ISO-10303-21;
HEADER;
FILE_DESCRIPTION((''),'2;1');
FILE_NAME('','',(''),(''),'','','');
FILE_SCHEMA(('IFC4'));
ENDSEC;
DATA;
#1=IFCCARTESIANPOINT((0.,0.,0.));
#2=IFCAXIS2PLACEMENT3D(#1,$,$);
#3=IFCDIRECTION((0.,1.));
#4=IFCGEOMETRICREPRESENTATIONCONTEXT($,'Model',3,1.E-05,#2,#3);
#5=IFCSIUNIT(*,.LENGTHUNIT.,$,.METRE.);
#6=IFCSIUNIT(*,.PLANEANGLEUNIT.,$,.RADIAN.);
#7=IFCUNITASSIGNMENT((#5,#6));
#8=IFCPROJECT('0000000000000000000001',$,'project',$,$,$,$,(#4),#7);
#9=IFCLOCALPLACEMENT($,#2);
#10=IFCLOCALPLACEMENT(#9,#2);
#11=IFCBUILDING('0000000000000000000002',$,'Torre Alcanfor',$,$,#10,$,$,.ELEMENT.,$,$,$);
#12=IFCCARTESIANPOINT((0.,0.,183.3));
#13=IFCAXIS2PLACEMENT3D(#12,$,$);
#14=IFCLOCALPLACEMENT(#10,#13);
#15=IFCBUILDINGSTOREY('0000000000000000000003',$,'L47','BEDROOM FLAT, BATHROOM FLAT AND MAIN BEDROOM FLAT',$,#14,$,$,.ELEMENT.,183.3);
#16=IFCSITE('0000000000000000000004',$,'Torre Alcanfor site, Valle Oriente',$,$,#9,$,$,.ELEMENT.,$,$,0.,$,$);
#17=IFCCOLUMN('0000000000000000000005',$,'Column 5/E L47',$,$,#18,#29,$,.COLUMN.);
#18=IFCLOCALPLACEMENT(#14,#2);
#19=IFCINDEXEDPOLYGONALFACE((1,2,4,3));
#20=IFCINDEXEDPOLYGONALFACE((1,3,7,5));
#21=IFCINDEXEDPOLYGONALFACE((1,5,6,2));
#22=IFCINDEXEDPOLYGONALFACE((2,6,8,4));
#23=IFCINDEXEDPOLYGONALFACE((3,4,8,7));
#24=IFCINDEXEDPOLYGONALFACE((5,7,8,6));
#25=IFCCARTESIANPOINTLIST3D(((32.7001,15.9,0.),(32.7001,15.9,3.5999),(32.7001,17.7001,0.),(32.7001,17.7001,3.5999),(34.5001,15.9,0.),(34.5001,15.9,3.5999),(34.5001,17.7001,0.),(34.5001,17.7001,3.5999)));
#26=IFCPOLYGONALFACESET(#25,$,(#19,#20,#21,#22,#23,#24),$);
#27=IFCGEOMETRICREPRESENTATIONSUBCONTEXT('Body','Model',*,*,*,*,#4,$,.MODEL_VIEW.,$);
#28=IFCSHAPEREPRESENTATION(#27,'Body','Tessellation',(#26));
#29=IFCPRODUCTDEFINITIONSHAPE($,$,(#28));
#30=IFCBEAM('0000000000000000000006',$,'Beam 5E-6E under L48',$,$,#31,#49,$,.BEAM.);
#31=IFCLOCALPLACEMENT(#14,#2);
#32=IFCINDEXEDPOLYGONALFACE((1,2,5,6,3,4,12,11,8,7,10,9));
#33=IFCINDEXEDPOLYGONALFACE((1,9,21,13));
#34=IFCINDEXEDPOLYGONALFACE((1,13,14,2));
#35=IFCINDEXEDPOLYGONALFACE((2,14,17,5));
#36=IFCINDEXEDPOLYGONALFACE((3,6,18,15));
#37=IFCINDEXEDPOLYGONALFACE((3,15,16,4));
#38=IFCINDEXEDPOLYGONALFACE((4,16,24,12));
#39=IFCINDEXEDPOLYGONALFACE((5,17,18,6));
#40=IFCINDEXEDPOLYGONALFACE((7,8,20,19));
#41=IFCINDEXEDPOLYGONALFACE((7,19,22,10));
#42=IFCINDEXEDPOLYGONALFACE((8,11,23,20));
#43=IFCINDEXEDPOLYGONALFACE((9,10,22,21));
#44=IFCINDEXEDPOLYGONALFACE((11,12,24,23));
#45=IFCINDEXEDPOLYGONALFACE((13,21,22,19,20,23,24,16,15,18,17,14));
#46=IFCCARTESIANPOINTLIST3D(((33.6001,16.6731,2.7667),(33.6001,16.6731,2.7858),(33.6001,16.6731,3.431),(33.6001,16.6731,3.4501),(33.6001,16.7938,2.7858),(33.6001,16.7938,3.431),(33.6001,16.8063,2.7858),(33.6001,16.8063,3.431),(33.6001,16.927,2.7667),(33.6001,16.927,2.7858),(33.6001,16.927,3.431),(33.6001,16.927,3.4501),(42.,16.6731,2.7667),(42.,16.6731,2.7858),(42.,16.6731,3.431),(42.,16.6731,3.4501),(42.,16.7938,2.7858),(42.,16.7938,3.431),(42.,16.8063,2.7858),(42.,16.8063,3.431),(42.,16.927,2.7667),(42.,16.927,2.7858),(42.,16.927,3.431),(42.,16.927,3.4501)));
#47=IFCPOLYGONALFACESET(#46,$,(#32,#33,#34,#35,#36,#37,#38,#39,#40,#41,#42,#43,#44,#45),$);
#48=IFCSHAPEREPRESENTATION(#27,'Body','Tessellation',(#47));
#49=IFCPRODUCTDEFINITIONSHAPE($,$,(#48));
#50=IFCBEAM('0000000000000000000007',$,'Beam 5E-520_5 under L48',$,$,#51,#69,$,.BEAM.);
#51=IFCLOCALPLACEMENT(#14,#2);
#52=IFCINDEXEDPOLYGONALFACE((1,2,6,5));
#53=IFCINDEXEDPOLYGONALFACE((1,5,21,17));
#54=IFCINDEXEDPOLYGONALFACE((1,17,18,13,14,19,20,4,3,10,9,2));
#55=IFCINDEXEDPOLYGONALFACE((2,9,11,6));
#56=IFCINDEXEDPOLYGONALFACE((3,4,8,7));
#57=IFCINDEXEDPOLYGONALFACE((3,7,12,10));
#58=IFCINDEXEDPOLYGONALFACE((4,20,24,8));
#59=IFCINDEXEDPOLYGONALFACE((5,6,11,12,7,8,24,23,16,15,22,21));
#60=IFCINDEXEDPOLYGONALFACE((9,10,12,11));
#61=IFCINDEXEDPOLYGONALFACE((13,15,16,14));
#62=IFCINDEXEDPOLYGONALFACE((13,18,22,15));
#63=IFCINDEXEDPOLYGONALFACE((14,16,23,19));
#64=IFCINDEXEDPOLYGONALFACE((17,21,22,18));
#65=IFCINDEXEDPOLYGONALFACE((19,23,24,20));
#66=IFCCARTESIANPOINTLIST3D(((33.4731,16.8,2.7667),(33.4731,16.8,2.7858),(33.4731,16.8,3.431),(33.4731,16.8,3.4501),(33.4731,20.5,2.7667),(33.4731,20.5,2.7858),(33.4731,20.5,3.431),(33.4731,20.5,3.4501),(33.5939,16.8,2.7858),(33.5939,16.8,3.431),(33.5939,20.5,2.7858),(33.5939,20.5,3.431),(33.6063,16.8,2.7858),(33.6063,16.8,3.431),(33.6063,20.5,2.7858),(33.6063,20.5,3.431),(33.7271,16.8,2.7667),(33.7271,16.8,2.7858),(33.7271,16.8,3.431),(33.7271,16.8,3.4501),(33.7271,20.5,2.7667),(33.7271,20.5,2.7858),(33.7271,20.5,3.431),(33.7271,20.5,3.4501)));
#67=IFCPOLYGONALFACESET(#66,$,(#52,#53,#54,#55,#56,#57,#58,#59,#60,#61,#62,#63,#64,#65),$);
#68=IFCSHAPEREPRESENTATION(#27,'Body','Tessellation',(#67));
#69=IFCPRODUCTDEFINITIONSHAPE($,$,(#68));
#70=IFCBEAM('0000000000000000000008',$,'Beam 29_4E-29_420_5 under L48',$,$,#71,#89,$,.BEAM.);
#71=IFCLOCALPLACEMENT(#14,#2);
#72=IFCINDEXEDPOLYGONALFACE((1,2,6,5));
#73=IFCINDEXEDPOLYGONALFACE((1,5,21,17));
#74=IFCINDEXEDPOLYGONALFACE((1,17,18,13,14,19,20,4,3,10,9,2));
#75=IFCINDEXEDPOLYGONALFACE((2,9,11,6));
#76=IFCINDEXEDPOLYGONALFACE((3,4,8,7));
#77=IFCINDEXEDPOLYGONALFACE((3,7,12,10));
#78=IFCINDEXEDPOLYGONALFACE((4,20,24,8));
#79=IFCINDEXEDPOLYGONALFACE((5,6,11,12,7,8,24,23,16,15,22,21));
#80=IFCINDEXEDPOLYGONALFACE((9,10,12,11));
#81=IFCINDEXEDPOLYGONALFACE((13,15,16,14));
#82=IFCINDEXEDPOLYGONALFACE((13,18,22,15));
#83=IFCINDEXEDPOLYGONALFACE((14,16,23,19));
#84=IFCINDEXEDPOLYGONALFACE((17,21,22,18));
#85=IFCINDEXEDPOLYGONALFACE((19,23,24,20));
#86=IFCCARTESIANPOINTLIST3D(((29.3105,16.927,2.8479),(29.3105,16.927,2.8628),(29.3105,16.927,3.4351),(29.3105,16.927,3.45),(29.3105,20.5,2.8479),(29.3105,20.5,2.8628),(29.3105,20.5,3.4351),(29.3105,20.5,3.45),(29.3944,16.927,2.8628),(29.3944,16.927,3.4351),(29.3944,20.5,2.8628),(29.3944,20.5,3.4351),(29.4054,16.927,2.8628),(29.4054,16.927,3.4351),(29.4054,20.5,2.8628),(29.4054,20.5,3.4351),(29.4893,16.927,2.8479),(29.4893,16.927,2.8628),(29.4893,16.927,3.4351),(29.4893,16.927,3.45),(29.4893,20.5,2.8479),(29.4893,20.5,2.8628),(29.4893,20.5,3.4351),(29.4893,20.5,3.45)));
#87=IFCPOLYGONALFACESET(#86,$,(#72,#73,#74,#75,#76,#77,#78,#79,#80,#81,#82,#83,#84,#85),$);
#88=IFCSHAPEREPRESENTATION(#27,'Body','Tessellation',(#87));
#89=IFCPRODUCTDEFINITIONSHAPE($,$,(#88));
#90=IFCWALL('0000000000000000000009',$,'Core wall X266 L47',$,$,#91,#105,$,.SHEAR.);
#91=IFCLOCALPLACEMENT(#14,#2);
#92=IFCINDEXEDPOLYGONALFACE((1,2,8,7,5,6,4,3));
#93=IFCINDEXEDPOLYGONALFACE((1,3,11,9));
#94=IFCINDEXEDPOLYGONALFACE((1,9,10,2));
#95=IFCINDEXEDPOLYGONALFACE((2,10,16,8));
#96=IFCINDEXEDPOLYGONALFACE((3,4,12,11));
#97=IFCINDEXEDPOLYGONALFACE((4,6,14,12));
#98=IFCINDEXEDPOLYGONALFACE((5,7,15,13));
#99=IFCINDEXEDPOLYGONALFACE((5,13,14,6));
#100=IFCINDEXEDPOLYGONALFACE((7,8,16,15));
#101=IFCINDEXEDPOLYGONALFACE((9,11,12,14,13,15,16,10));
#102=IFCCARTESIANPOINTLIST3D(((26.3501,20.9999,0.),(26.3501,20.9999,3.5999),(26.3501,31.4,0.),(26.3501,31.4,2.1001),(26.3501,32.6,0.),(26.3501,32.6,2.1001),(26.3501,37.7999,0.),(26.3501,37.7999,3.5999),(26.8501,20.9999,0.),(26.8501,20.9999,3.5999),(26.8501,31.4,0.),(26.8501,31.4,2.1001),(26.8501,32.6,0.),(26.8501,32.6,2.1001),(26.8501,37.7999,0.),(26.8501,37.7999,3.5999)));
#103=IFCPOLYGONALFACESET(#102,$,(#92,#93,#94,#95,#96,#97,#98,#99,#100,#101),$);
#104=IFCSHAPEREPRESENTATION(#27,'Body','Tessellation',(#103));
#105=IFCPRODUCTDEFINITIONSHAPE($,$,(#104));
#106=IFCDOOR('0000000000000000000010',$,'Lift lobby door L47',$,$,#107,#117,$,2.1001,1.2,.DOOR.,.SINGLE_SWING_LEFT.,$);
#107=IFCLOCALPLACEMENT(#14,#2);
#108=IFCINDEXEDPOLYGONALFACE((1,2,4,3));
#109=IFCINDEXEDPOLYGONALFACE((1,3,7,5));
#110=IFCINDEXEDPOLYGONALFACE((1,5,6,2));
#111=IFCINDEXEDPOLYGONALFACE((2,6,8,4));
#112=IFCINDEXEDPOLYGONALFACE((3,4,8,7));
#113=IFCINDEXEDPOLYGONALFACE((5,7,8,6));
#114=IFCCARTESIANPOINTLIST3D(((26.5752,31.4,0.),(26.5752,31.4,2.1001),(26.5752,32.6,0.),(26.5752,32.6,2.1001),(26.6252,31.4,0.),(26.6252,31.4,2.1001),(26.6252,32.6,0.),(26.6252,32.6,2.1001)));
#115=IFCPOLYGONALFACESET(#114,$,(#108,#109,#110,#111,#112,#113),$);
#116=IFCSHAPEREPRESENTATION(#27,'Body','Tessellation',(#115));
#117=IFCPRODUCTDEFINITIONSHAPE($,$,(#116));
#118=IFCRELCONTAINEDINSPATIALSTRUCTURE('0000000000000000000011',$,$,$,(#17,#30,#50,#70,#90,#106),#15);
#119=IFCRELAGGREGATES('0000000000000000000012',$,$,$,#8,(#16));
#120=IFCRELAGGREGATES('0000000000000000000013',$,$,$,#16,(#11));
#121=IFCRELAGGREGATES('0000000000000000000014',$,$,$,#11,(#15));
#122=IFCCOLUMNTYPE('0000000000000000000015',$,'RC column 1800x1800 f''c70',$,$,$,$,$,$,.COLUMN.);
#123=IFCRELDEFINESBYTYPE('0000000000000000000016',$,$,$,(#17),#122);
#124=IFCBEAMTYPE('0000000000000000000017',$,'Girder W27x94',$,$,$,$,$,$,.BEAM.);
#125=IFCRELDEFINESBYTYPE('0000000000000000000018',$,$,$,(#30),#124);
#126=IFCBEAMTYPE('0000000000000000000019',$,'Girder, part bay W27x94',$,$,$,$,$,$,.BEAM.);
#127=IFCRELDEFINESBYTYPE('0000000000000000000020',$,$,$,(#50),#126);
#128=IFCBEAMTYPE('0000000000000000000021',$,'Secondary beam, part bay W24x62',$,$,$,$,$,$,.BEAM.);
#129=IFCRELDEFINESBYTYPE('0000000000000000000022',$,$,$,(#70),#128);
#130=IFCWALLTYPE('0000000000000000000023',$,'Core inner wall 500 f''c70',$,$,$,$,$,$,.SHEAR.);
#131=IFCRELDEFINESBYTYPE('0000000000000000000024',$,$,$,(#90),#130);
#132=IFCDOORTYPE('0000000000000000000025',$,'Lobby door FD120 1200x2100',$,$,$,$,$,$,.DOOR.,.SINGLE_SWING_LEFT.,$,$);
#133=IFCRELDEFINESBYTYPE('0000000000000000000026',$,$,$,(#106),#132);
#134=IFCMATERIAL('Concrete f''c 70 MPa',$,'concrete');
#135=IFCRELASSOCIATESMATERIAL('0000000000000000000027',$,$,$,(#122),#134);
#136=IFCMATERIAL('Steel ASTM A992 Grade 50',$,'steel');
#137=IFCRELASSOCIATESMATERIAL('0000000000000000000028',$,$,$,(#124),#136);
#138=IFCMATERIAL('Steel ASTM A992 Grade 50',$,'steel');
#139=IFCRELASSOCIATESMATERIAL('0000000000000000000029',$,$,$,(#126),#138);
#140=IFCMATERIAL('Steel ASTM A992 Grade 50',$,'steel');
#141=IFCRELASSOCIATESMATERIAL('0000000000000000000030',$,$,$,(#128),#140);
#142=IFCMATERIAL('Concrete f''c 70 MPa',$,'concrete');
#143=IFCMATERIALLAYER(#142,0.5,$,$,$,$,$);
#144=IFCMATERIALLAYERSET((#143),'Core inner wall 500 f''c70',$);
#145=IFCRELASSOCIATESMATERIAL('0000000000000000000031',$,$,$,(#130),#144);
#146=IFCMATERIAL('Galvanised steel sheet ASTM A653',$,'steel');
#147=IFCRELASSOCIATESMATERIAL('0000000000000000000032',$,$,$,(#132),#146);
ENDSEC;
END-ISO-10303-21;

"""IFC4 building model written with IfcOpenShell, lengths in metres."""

from ifc_helpers import new_model, si_unit, direction, frame, frame_2d, origin, origin_2d, place, context, subcontext, project, spatial, rectangle, i_section, extrude, material, layer, layer_set, material_profile, profile_set, type_object, element, fill, save


model = new_model("IFC4")

# Units and contexts
model_context = context("Model", 3, precision=1e-05, world=origin(), true_north=direction((0.0, 1.0)))
body_context = subcontext(model_context, "Body", "Model", "MODEL_VIEW")
ifc_project = project(units=[si_unit("LENGTHUNIT", "METRE"), si_unit("PLANEANGLEUNIT", "RADIAN")], contexts=[model_context])

# Site, building, storey
site_placement = place(None, origin())
site = spatial("IfcSite", under=ifc_project, at=site_placement, Name="Torre Alcanfor site, Valle Oriente", CompositionType="ELEMENT", RefElevation=0.0)
building_placement = place(site_placement, origin())
building = spatial("IfcBuilding", under=site, at=building_placement, Name="Torre Alcanfor", CompositionType="ELEMENT")
storey_placement = place(building_placement, frame((0.0, 0.0, 183.3)))
storey = spatial("IfcBuildingStorey", under=building, at=storey_placement, Name="L47", Description="BEDROOM FLAT, BATHROOM FLAT AND MAIN BEDROOM FLAT", CompositionType="ELEMENT", Elevation=183.3)

# Column
ifc_material_1 = material(Name="Concrete f'c 70 MPa", Category="concrete")
ifc_material_profile_1 = material_profile(ifc_material_1, rectangle(XDim=1.8, YDim=1.8, at=origin_2d()), Name="1800x1800")
ifc_profile_set_1 = profile_set([ifc_material_profile_1], Name="Concrete f'c 70 MPa")
column_type = type_object("IfcColumnType", Name="RC column 1800x1800 f'c70", PredefinedType="COLUMN", material=ifc_profile_set_1)
column_placement = place(storey_placement, frame((33.6001, 16.8, 0.0), z_axis=(0.0, 0.0, 1.0), x_axis=(1.0, 0.0, 0.0)))
element("IfcColumn", 1, at=column_placement, inside=storey, type_object=column_type, Name="Column 5/E L47", PredefinedType="COLUMN", context=body_context, shape_type="SweptSolid", body=[
    extrude(rectangle(XDim=1.8, YDim=1.8, at=origin_2d()), origin(), (0.0, 0.0, 1.0), 3.5999),
])

# Beams
ifc_material_2 = material(Name="Steel ASTM A992 Grade 50", Category="steel")
ifc_material_profile_2 = material_profile(ifc_material_2, i_section(OverallWidth=0.2539, OverallDepth=0.6833, WebThickness=0.0125, FlangeThickness=0.019, at=origin_2d()), Name="W27x94")
ifc_profile_set_2 = profile_set([ifc_material_profile_2], Name="Steel ASTM A992 Grade 50")
beam_type_1 = type_object("IfcBeamType", Name="Girder W27x94", PredefinedType="BEAM", material=ifc_profile_set_2)
beam_1_placement = place(storey_placement, frame((33.6001, 16.8, 3.1084), z_axis=(1.0, 0.0, 0.0), x_axis=(0.0, 1.0, 0.0)))
element("IfcBeam", 2, at=beam_1_placement, inside=storey, type_object=beam_type_1, Name="Beam 5E-6E under L48", PredefinedType="BEAM", context=body_context, shape_type="SweptSolid", body=[
    extrude(i_section(OverallWidth=0.2539, OverallDepth=0.6833, WebThickness=0.0125, FlangeThickness=0.019, at=origin_2d()), origin(), (0.0, 0.0, 1.0), 8.3999),
])
ifc_material_3 = material(Name="Steel ASTM A992 Grade 50", Category="steel")
ifc_material_profile_3 = material_profile(ifc_material_3, i_section(OverallWidth=0.2539, OverallDepth=0.6833, WebThickness=0.0125, FlangeThickness=0.019, at=origin_2d()), Name="W27x94")
ifc_profile_set_3 = profile_set([ifc_material_profile_3], Name="Steel ASTM A992 Grade 50")
beam_type_2 = type_object("IfcBeamType", Name="Girder, part bay W27x94", PredefinedType="BEAM", material=ifc_profile_set_3)
beam_2_placement = place(storey_placement, frame((33.6001, 16.8, 3.1084), z_axis=(0.0, 1.0, 0.0), x_axis=(-1.0, 0.0, 0.0)))
element("IfcBeam", 3, at=beam_2_placement, inside=storey, type_object=beam_type_2, Name="Beam 5E-520_5 under L48", PredefinedType="BEAM", context=body_context, shape_type="SweptSolid", body=[
    extrude(i_section(OverallWidth=0.2539, OverallDepth=0.6833, WebThickness=0.0125, FlangeThickness=0.019, at=origin_2d()), origin(), (0.0, 0.0, 1.0), 3.7),
])
ifc_material_4 = material(Name="Steel ASTM A992 Grade 50", Category="steel")
ifc_material_profile_4 = material_profile(ifc_material_4, i_section(OverallWidth=0.1787, OverallDepth=0.6021, WebThickness=0.011, FlangeThickness=0.0149, at=origin_2d()), Name="W24x62")
ifc_profile_set_4 = profile_set([ifc_material_profile_4], Name="Steel ASTM A992 Grade 50")
beam_type_3 = type_object("IfcBeamType", Name="Secondary beam, part bay W24x62", PredefinedType="BEAM", material=ifc_profile_set_4)
beam_3_placement = place(storey_placement, frame((29.3999, 16.927, 3.1489), z_axis=(0.0, 1.0, 0.0), x_axis=(-1.0, 0.0, 0.0)))
element("IfcBeam", 4, at=beam_3_placement, inside=storey, type_object=beam_type_3, Name="Beam 29_4E-29_420_5 under L48", PredefinedType="BEAM", context=body_context, shape_type="SweptSolid", body=[
    extrude(i_section(OverallWidth=0.1787, OverallDepth=0.6021, WebThickness=0.011, FlangeThickness=0.0149, at=origin_2d()), origin(), (0.0, 0.0, 1.0), 3.573),
])

# Wall, opening, door
ifc_material_5 = material(Name="Concrete f'c 70 MPa", Category="concrete")
ifc_layer_1 = layer(ifc_material_5, 0.5)
ifc_layer_set_1 = layer_set([ifc_layer_1], Name="Core inner wall 500 f'c70")
wall_type_1 = type_object("IfcWallType", Name="Core inner wall 500 f'c70", PredefinedType="SHEAR", material=ifc_layer_set_1)
wall_1_placement = place(storey_placement, frame((26.6001, 21.0, 0.0), z_axis=(0.0, 0.0, 1.0), x_axis=(0.0, 1.0, 0.0)))
wall_1 = element("IfcWall", 5, at=wall_1_placement, inside=storey, type_object=wall_type_1, Name="Core wall X266 L47", PredefinedType="SHEAR", context=body_context, shape_type="SweptSolid", body=[
    extrude(rectangle(XDim=16.8, YDim=0.5, at=frame_2d((8.3999, 0.0))), origin(), (0.0, 0.0, 1.0), 3.5999),
])
opening_1_placement = place(wall_1_placement, frame((10.3999, 0.0, 0.0)))
opening_1 = element("IfcOpeningElement", 6, at=opening_1_placement, cuts=wall_1, PredefinedType="OPENING", context=body_context, shape_type="SweptSolid", body=[
    extrude(rectangle(XDim=1.2, YDim=2.1001, at=frame_2d((0.6001, 1.05))), frame((0.0, 0.26, 0.0), z_axis=(0.0, -1.0, 0.0), x_axis=(1.0, 0.0, 0.0)), (0.0, 0.0, 1.0), 0.52),
])
ifc_material_6 = material(Name="Galvanised steel sheet ASTM A653", Category="steel")
door_type_1 = type_object("IfcDoorType", Name="Lobby door FD120 1200x2100", OperationType="SINGLE_SWING_LEFT", PredefinedType="DOOR", material=ifc_material_6)
door_1_placement = place(opening_1_placement, origin())
door_1 = element("IfcDoor", 7, at=door_1_placement, inside=storey, type_object=door_type_1, Name="Lift lobby door L47", OperationType="SINGLE_SWING_LEFT", OverallHeight=2.1001, OverallWidth=1.2, PredefinedType="DOOR", context=body_context, shape_type="SweptSolid", body=[
    extrude(rectangle(XDim=1.2, YDim=2.1001, at=frame_2d((0.6001, 1.05))), frame((0.0, 0.0249, 0.0), z_axis=(0.0, -1.0, 0.0), x_axis=(1.0, 0.0, 0.0)), (0.0, 0.0, 1.0), 0.05),
])
fill(opening_1, door_1)

save(model, "model.ifc")
